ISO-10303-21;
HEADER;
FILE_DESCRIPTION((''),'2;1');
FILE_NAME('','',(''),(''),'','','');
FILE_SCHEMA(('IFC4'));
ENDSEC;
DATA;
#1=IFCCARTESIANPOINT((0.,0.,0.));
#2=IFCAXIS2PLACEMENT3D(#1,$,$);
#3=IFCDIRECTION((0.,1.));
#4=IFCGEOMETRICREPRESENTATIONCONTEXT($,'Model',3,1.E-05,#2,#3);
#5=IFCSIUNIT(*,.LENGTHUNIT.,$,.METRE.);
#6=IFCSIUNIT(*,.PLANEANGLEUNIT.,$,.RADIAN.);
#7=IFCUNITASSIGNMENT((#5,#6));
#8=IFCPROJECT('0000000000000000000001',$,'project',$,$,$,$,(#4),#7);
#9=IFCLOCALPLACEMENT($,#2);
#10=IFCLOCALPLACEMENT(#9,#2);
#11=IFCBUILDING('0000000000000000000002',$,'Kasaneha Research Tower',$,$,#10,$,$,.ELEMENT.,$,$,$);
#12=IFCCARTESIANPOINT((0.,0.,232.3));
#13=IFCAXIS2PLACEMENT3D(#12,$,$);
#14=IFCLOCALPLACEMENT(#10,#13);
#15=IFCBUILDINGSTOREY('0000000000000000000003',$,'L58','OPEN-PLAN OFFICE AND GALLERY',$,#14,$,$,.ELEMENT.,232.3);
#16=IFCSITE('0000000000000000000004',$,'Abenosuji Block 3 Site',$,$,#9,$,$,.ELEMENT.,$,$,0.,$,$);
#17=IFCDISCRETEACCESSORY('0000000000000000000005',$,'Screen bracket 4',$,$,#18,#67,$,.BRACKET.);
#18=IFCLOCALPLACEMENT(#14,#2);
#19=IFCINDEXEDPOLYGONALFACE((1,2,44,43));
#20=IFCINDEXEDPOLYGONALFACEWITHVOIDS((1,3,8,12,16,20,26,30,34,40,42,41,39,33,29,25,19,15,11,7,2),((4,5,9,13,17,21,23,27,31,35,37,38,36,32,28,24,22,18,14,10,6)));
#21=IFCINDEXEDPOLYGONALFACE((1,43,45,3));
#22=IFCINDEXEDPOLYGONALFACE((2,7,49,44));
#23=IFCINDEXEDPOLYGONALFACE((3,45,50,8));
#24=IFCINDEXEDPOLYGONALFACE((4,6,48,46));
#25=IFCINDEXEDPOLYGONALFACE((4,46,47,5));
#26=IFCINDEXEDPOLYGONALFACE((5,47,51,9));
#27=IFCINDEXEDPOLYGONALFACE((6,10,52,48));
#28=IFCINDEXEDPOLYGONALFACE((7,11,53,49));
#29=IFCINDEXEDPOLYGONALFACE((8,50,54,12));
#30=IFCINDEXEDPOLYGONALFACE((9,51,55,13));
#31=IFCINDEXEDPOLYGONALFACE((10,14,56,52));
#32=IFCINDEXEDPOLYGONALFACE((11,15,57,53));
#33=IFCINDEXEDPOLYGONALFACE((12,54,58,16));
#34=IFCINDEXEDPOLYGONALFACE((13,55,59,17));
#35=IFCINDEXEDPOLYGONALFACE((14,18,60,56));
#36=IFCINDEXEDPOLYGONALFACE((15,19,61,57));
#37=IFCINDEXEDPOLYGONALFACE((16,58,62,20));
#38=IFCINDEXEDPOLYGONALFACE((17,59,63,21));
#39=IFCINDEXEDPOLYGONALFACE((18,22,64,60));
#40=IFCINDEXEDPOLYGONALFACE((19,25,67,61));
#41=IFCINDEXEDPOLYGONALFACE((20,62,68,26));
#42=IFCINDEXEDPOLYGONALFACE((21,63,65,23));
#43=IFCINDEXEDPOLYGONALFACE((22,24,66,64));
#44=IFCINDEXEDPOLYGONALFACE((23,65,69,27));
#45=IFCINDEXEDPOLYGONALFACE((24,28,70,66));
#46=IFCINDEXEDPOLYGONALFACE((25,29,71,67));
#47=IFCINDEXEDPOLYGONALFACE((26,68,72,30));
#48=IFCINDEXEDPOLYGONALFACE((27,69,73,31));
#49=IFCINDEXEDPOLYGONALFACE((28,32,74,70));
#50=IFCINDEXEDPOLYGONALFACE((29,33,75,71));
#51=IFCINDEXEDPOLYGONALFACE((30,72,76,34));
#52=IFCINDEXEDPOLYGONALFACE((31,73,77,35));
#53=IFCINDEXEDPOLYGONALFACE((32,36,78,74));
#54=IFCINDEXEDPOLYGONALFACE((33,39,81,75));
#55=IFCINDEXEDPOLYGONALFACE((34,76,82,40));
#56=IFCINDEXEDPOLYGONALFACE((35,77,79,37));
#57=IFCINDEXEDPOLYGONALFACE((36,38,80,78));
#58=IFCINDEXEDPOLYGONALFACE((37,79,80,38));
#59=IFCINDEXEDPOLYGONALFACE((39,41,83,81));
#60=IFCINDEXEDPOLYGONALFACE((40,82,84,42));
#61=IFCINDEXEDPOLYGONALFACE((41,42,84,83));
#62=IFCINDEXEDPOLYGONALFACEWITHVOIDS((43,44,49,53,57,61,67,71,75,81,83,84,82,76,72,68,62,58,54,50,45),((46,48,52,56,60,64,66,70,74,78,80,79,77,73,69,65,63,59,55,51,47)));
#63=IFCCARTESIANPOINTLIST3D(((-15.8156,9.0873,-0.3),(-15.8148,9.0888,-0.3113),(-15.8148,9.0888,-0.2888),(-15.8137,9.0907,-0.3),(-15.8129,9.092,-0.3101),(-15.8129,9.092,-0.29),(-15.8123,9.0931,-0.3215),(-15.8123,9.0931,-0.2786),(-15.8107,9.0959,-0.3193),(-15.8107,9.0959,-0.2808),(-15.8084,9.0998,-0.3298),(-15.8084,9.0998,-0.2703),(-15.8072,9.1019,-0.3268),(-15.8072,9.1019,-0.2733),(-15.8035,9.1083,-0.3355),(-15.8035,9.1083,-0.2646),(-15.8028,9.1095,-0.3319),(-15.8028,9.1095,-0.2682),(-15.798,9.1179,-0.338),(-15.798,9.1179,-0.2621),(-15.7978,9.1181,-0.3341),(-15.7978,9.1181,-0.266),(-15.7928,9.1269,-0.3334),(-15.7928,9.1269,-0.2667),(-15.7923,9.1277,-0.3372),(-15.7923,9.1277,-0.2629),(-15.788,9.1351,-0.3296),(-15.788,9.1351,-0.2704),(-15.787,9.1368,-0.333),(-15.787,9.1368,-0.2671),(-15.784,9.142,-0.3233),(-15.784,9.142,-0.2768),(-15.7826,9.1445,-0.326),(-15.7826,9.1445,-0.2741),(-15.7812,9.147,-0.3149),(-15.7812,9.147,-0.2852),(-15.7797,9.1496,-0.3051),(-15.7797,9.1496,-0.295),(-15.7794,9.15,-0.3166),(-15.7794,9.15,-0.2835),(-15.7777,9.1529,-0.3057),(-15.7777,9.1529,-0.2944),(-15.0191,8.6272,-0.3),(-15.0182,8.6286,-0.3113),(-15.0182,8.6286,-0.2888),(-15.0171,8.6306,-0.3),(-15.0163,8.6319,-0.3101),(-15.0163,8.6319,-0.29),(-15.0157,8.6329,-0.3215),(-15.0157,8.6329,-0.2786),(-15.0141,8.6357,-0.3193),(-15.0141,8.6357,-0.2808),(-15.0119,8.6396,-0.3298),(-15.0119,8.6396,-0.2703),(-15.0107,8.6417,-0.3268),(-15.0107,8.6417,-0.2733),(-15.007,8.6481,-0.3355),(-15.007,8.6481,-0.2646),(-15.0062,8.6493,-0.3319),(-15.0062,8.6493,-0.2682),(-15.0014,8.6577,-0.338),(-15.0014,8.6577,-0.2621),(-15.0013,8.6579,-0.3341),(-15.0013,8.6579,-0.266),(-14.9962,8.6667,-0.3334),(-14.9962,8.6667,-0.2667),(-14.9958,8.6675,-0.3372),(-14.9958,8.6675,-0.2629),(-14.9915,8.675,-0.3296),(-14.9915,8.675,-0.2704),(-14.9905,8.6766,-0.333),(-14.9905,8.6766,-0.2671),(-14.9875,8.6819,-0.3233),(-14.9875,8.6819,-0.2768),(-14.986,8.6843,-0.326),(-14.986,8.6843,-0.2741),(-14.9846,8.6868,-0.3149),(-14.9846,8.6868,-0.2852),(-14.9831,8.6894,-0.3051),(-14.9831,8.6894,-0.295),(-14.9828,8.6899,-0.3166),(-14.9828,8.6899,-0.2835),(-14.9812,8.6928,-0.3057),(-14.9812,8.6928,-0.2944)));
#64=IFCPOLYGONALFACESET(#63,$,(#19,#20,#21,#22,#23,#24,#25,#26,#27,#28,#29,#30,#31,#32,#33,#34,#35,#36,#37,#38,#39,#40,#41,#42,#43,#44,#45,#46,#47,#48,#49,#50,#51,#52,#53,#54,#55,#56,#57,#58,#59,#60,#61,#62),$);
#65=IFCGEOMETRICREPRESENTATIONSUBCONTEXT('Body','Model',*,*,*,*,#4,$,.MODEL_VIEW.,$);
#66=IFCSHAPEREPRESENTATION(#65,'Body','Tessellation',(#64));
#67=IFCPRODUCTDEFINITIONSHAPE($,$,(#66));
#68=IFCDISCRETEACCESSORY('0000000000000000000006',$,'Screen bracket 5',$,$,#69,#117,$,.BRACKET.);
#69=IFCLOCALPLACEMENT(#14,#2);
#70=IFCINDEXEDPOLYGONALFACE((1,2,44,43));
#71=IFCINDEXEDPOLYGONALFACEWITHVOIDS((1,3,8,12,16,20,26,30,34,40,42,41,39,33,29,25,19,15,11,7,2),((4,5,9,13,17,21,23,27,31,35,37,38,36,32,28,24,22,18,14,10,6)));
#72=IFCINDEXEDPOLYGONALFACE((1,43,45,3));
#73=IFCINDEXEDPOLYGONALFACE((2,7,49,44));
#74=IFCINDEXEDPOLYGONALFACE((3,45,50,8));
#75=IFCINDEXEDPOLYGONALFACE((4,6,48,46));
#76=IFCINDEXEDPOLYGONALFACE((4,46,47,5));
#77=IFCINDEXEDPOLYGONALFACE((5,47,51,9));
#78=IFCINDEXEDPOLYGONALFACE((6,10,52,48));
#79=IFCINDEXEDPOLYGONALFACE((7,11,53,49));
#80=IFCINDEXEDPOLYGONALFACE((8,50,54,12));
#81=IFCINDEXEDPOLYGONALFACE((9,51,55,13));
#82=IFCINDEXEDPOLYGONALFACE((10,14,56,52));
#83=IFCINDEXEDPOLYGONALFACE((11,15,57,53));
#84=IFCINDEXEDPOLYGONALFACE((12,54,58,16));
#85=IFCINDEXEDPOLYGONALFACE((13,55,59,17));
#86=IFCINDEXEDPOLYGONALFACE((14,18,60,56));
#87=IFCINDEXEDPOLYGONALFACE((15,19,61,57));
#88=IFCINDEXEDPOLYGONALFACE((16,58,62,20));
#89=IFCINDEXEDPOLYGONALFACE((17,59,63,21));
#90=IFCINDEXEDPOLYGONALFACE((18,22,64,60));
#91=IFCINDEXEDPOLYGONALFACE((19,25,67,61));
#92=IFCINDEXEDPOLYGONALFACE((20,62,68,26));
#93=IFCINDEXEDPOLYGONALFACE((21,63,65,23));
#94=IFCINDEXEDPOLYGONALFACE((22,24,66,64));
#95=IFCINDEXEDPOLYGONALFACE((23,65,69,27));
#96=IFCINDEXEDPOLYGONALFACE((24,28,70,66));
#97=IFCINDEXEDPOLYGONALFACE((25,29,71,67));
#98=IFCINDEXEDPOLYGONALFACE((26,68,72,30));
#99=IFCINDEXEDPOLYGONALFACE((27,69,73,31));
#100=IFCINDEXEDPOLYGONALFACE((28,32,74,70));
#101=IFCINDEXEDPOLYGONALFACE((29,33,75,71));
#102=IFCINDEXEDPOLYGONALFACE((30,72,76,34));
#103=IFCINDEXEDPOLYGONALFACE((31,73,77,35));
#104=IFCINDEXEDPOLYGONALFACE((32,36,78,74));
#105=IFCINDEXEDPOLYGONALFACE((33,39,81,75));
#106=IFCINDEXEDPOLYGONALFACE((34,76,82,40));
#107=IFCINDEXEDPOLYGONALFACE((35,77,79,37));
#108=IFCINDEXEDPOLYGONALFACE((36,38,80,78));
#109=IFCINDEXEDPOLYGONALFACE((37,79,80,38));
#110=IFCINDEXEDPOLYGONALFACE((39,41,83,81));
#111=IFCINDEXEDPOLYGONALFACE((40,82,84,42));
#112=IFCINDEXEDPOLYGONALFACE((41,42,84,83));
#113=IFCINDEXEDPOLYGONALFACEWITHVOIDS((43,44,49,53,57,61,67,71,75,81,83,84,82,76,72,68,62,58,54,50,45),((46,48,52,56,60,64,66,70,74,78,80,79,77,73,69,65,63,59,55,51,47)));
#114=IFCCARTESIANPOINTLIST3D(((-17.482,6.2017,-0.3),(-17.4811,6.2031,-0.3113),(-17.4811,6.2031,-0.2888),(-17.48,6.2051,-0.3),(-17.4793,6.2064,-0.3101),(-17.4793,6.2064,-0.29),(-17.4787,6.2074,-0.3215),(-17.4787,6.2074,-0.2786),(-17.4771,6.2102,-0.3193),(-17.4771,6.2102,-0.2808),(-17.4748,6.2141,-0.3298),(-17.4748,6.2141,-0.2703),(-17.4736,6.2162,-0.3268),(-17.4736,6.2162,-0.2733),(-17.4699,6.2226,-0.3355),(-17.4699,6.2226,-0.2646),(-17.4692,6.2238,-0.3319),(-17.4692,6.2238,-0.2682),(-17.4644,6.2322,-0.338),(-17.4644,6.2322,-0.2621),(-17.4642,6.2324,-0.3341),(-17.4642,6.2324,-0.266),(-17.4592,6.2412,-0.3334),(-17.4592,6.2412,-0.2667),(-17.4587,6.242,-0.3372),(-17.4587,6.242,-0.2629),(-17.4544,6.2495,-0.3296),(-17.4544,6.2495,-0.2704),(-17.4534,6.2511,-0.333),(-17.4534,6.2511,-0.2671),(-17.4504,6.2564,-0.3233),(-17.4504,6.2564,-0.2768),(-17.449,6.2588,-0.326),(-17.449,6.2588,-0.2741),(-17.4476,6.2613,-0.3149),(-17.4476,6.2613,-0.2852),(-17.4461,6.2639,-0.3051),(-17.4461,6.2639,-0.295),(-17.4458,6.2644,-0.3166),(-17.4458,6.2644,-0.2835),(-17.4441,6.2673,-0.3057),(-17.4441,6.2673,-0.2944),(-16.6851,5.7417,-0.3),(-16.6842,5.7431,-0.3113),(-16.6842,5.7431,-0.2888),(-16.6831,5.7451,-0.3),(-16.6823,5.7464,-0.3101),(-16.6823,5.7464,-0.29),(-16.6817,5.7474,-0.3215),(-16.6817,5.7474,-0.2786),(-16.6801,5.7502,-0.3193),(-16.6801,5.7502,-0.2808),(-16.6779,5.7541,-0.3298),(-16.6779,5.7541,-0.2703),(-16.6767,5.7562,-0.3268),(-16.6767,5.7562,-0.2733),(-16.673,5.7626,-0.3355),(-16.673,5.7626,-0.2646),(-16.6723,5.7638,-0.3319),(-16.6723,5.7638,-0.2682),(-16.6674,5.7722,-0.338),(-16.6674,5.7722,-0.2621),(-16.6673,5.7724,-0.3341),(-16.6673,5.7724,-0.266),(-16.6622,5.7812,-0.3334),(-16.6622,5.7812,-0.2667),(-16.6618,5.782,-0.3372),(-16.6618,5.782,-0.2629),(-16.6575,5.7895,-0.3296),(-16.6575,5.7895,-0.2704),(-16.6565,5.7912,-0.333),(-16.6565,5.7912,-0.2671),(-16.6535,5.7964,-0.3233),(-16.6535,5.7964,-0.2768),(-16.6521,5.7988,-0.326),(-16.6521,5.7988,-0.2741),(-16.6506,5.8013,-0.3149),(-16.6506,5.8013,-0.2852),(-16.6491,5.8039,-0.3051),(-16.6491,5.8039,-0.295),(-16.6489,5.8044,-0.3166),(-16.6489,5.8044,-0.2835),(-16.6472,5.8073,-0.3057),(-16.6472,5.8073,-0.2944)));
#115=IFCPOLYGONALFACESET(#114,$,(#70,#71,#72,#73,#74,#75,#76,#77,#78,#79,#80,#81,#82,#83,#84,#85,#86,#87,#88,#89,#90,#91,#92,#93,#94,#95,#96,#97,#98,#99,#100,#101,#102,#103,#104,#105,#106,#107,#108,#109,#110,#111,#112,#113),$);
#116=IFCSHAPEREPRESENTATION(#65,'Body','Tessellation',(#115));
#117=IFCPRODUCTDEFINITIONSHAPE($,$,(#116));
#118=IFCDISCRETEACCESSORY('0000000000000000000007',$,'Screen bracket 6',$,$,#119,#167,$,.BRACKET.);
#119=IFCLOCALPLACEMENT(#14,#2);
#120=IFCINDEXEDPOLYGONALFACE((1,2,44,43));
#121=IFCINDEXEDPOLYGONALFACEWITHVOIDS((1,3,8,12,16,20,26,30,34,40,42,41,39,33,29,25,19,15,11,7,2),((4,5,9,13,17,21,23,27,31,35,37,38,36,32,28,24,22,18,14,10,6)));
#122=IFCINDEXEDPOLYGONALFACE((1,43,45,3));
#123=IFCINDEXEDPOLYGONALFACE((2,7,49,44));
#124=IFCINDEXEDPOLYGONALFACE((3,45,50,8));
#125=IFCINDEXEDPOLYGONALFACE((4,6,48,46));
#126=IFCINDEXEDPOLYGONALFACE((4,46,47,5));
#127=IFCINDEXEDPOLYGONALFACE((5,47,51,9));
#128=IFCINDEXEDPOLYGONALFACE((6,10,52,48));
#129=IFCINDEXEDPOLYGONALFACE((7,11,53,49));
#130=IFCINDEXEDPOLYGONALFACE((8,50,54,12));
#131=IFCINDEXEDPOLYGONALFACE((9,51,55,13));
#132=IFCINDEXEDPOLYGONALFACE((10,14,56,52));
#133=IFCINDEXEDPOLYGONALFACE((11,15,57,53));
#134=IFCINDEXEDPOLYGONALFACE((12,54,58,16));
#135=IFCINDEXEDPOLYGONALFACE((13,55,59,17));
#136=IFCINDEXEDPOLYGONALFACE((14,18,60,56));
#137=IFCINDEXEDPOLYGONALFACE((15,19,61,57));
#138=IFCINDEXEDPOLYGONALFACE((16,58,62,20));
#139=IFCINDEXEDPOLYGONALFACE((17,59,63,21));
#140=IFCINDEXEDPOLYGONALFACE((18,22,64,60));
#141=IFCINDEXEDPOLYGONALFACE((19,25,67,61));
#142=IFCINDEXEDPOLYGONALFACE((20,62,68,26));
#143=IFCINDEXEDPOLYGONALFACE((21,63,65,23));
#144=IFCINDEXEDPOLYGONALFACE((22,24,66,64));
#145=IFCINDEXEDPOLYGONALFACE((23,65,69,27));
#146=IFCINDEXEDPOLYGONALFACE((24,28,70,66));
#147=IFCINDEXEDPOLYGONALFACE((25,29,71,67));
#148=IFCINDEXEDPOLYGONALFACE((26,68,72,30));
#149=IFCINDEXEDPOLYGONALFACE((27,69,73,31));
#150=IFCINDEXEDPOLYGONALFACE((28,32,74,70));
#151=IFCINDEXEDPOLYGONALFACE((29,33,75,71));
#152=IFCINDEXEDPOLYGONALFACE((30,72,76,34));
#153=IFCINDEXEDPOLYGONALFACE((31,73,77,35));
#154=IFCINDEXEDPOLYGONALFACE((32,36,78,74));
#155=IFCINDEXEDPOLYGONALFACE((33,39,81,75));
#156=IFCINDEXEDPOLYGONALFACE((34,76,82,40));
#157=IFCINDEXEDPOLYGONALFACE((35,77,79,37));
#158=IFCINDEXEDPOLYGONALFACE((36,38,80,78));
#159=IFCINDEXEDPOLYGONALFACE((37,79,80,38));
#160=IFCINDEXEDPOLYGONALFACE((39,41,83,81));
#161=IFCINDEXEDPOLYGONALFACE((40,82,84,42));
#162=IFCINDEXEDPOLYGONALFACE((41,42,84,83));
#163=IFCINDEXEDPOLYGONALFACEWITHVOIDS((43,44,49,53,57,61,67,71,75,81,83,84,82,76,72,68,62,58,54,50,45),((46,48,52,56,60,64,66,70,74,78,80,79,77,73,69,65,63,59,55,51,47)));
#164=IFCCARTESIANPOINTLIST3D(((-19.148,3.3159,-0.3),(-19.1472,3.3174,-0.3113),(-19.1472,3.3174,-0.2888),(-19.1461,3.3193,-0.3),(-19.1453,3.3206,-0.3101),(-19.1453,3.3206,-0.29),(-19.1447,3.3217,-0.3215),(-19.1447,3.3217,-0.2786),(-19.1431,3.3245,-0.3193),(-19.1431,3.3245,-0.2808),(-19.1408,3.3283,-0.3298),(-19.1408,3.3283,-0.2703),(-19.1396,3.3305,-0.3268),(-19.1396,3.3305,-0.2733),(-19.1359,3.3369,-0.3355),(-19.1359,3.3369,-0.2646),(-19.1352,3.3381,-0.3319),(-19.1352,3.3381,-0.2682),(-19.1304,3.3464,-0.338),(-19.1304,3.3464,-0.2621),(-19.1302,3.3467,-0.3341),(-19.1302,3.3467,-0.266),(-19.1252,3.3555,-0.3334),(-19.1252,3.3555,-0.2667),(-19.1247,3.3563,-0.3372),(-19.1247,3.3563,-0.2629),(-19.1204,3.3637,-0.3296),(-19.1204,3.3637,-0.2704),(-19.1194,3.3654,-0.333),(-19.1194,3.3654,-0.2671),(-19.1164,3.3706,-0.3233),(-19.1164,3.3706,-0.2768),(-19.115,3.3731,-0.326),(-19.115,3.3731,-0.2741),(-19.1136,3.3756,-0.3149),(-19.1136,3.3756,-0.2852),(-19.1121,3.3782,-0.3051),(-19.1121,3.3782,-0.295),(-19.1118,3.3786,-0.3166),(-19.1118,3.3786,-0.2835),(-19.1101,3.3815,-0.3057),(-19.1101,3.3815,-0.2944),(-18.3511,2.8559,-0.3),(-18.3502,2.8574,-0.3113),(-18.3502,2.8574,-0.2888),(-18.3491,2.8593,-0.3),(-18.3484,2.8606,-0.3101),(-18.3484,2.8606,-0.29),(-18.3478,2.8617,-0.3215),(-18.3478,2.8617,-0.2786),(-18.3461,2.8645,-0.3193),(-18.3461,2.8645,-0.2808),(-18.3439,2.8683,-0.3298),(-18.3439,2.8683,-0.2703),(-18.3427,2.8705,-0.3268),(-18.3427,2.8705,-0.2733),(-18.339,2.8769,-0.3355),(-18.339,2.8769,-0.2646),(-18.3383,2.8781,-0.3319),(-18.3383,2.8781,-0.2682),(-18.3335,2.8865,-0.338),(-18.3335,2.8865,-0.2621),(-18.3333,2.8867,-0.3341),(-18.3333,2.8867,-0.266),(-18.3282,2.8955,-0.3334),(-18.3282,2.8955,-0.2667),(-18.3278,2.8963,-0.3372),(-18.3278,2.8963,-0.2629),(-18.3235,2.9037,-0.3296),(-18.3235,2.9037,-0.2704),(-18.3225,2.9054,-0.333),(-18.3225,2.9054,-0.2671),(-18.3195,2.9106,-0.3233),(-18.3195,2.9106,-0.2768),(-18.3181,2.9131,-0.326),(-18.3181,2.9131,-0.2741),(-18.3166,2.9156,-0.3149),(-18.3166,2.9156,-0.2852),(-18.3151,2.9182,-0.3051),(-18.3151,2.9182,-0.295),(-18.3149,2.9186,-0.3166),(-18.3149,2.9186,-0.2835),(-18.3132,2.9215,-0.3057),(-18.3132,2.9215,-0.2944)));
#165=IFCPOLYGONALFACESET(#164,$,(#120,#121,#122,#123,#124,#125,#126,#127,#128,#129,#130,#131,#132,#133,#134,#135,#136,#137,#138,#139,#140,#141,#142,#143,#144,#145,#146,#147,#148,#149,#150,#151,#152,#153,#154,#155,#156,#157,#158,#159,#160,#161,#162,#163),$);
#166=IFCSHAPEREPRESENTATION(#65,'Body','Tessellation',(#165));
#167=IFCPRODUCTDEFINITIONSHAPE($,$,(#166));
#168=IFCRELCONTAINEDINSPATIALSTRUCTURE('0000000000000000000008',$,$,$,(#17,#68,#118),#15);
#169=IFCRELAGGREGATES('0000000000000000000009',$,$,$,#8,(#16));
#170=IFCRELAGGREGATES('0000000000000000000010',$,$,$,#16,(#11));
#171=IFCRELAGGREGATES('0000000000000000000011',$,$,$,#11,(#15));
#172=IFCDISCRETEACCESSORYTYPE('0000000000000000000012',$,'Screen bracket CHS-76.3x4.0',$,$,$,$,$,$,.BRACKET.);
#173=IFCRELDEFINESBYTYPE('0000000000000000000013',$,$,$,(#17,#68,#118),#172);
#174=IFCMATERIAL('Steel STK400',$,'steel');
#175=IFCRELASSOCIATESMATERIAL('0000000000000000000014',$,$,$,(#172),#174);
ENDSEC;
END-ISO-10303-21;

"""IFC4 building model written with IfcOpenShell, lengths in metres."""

from ifc_helpers import new_model, si_unit, direction, frame, origin, origin_2d, place, context, subcontext, project, spatial, hollow_circle, extrude, material, material_profile, profile_set, type_object, element, save


model = new_model("IFC4")

# Units and contexts
model_context = context("Model", 3, precision=1e-05, world=origin(), true_north=direction((0.0, 1.0)))
body_context = subcontext(model_context, "Body", "Model", "MODEL_VIEW")
ifc_project = project(units=[si_unit("LENGTHUNIT", "METRE"), si_unit("PLANEANGLEUNIT", "RADIAN")], contexts=[model_context])

# Site, building, storey
site_placement = place(None, origin())
site = spatial("IfcSite", under=ifc_project, at=site_placement, Name="Abenosuji Block 3 Site", CompositionType="ELEMENT", RefElevation=0.0)
building_placement = place(site_placement, origin())
building = spatial("IfcBuilding", under=site, at=building_placement, Name="Kasaneha Research Tower", CompositionType="ELEMENT")
storey_placement = place(building_placement, frame((0.0, 0.0, 232.3)))
storey = spatial("IfcBuildingStorey", under=building, at=storey_placement, Name="L58", Description="OPEN-PLAN OFFICE AND GALLERY", CompositionType="ELEMENT", Elevation=232.3)

# Discrete accessories
ifc_material_1 = material(Name="Steel STK400", Category="steel")
ifc_material_profile_1 = material_profile(ifc_material_1, hollow_circle(Radius=0.0381, WallThickness=0.0039, at=origin_2d()), Name="CHS-76.3x4.0")
ifc_profile_set_1 = profile_set([ifc_material_profile_1], Name="Steel STK400")
discrete_accessory_type = type_object("IfcDiscreteAccessoryType", Name="Screen bracket CHS-76.3x4.0", PredefinedType="BRACKET", material=ifc_profile_set_1)
discrete_accessory_1_placement = place(storey_placement, frame((-15.0, 8.6602, -0.3), z_axis=(-0.865898, 0.50022, 0.0), x_axis=(-0.50022, -0.865898, 0.0)))
element("IfcDiscreteAccessory", 1, at=discrete_accessory_1_placement, inside=storey, type_object=discrete_accessory_type, Name="Screen bracket 4", PredefinedType="BRACKET", context=body_context, shape_type="SweptSolid", body=[
    extrude(hollow_circle(Radius=0.0381, WallThickness=0.0039, at=origin_2d()), origin(), (0.0, 0.0, 1.0), 0.9199),
])
for number, where, z_axis, x_axis, name in (
    (2, (-16.666, 5.7747, -0.3), (-0.86608, 0.499906, 0.0), (-0.499906, -0.86608, 0.0), "Screen bracket 5"),
    (3, (-18.332, 2.8889, -0.3), (-0.86608, 0.499906, 0.0), (-0.499906, -0.86608, 0.0), "Screen bracket 6"),
):
    element("IfcDiscreteAccessory", number, at=place(storey_placement, frame(where, z_axis=z_axis, x_axis=x_axis)), inside=storey, type_object=discrete_accessory_type, Name=name, PredefinedType="BRACKET", context=body_context, shape_type="SweptSolid", body=[
        extrude(hollow_circle(Radius=0.0381, WallThickness=0.0039, at=origin_2d()), origin(), (0.0, 0.0, 1.0), 0.9202),
    ])

save(model, "model.ifc")
